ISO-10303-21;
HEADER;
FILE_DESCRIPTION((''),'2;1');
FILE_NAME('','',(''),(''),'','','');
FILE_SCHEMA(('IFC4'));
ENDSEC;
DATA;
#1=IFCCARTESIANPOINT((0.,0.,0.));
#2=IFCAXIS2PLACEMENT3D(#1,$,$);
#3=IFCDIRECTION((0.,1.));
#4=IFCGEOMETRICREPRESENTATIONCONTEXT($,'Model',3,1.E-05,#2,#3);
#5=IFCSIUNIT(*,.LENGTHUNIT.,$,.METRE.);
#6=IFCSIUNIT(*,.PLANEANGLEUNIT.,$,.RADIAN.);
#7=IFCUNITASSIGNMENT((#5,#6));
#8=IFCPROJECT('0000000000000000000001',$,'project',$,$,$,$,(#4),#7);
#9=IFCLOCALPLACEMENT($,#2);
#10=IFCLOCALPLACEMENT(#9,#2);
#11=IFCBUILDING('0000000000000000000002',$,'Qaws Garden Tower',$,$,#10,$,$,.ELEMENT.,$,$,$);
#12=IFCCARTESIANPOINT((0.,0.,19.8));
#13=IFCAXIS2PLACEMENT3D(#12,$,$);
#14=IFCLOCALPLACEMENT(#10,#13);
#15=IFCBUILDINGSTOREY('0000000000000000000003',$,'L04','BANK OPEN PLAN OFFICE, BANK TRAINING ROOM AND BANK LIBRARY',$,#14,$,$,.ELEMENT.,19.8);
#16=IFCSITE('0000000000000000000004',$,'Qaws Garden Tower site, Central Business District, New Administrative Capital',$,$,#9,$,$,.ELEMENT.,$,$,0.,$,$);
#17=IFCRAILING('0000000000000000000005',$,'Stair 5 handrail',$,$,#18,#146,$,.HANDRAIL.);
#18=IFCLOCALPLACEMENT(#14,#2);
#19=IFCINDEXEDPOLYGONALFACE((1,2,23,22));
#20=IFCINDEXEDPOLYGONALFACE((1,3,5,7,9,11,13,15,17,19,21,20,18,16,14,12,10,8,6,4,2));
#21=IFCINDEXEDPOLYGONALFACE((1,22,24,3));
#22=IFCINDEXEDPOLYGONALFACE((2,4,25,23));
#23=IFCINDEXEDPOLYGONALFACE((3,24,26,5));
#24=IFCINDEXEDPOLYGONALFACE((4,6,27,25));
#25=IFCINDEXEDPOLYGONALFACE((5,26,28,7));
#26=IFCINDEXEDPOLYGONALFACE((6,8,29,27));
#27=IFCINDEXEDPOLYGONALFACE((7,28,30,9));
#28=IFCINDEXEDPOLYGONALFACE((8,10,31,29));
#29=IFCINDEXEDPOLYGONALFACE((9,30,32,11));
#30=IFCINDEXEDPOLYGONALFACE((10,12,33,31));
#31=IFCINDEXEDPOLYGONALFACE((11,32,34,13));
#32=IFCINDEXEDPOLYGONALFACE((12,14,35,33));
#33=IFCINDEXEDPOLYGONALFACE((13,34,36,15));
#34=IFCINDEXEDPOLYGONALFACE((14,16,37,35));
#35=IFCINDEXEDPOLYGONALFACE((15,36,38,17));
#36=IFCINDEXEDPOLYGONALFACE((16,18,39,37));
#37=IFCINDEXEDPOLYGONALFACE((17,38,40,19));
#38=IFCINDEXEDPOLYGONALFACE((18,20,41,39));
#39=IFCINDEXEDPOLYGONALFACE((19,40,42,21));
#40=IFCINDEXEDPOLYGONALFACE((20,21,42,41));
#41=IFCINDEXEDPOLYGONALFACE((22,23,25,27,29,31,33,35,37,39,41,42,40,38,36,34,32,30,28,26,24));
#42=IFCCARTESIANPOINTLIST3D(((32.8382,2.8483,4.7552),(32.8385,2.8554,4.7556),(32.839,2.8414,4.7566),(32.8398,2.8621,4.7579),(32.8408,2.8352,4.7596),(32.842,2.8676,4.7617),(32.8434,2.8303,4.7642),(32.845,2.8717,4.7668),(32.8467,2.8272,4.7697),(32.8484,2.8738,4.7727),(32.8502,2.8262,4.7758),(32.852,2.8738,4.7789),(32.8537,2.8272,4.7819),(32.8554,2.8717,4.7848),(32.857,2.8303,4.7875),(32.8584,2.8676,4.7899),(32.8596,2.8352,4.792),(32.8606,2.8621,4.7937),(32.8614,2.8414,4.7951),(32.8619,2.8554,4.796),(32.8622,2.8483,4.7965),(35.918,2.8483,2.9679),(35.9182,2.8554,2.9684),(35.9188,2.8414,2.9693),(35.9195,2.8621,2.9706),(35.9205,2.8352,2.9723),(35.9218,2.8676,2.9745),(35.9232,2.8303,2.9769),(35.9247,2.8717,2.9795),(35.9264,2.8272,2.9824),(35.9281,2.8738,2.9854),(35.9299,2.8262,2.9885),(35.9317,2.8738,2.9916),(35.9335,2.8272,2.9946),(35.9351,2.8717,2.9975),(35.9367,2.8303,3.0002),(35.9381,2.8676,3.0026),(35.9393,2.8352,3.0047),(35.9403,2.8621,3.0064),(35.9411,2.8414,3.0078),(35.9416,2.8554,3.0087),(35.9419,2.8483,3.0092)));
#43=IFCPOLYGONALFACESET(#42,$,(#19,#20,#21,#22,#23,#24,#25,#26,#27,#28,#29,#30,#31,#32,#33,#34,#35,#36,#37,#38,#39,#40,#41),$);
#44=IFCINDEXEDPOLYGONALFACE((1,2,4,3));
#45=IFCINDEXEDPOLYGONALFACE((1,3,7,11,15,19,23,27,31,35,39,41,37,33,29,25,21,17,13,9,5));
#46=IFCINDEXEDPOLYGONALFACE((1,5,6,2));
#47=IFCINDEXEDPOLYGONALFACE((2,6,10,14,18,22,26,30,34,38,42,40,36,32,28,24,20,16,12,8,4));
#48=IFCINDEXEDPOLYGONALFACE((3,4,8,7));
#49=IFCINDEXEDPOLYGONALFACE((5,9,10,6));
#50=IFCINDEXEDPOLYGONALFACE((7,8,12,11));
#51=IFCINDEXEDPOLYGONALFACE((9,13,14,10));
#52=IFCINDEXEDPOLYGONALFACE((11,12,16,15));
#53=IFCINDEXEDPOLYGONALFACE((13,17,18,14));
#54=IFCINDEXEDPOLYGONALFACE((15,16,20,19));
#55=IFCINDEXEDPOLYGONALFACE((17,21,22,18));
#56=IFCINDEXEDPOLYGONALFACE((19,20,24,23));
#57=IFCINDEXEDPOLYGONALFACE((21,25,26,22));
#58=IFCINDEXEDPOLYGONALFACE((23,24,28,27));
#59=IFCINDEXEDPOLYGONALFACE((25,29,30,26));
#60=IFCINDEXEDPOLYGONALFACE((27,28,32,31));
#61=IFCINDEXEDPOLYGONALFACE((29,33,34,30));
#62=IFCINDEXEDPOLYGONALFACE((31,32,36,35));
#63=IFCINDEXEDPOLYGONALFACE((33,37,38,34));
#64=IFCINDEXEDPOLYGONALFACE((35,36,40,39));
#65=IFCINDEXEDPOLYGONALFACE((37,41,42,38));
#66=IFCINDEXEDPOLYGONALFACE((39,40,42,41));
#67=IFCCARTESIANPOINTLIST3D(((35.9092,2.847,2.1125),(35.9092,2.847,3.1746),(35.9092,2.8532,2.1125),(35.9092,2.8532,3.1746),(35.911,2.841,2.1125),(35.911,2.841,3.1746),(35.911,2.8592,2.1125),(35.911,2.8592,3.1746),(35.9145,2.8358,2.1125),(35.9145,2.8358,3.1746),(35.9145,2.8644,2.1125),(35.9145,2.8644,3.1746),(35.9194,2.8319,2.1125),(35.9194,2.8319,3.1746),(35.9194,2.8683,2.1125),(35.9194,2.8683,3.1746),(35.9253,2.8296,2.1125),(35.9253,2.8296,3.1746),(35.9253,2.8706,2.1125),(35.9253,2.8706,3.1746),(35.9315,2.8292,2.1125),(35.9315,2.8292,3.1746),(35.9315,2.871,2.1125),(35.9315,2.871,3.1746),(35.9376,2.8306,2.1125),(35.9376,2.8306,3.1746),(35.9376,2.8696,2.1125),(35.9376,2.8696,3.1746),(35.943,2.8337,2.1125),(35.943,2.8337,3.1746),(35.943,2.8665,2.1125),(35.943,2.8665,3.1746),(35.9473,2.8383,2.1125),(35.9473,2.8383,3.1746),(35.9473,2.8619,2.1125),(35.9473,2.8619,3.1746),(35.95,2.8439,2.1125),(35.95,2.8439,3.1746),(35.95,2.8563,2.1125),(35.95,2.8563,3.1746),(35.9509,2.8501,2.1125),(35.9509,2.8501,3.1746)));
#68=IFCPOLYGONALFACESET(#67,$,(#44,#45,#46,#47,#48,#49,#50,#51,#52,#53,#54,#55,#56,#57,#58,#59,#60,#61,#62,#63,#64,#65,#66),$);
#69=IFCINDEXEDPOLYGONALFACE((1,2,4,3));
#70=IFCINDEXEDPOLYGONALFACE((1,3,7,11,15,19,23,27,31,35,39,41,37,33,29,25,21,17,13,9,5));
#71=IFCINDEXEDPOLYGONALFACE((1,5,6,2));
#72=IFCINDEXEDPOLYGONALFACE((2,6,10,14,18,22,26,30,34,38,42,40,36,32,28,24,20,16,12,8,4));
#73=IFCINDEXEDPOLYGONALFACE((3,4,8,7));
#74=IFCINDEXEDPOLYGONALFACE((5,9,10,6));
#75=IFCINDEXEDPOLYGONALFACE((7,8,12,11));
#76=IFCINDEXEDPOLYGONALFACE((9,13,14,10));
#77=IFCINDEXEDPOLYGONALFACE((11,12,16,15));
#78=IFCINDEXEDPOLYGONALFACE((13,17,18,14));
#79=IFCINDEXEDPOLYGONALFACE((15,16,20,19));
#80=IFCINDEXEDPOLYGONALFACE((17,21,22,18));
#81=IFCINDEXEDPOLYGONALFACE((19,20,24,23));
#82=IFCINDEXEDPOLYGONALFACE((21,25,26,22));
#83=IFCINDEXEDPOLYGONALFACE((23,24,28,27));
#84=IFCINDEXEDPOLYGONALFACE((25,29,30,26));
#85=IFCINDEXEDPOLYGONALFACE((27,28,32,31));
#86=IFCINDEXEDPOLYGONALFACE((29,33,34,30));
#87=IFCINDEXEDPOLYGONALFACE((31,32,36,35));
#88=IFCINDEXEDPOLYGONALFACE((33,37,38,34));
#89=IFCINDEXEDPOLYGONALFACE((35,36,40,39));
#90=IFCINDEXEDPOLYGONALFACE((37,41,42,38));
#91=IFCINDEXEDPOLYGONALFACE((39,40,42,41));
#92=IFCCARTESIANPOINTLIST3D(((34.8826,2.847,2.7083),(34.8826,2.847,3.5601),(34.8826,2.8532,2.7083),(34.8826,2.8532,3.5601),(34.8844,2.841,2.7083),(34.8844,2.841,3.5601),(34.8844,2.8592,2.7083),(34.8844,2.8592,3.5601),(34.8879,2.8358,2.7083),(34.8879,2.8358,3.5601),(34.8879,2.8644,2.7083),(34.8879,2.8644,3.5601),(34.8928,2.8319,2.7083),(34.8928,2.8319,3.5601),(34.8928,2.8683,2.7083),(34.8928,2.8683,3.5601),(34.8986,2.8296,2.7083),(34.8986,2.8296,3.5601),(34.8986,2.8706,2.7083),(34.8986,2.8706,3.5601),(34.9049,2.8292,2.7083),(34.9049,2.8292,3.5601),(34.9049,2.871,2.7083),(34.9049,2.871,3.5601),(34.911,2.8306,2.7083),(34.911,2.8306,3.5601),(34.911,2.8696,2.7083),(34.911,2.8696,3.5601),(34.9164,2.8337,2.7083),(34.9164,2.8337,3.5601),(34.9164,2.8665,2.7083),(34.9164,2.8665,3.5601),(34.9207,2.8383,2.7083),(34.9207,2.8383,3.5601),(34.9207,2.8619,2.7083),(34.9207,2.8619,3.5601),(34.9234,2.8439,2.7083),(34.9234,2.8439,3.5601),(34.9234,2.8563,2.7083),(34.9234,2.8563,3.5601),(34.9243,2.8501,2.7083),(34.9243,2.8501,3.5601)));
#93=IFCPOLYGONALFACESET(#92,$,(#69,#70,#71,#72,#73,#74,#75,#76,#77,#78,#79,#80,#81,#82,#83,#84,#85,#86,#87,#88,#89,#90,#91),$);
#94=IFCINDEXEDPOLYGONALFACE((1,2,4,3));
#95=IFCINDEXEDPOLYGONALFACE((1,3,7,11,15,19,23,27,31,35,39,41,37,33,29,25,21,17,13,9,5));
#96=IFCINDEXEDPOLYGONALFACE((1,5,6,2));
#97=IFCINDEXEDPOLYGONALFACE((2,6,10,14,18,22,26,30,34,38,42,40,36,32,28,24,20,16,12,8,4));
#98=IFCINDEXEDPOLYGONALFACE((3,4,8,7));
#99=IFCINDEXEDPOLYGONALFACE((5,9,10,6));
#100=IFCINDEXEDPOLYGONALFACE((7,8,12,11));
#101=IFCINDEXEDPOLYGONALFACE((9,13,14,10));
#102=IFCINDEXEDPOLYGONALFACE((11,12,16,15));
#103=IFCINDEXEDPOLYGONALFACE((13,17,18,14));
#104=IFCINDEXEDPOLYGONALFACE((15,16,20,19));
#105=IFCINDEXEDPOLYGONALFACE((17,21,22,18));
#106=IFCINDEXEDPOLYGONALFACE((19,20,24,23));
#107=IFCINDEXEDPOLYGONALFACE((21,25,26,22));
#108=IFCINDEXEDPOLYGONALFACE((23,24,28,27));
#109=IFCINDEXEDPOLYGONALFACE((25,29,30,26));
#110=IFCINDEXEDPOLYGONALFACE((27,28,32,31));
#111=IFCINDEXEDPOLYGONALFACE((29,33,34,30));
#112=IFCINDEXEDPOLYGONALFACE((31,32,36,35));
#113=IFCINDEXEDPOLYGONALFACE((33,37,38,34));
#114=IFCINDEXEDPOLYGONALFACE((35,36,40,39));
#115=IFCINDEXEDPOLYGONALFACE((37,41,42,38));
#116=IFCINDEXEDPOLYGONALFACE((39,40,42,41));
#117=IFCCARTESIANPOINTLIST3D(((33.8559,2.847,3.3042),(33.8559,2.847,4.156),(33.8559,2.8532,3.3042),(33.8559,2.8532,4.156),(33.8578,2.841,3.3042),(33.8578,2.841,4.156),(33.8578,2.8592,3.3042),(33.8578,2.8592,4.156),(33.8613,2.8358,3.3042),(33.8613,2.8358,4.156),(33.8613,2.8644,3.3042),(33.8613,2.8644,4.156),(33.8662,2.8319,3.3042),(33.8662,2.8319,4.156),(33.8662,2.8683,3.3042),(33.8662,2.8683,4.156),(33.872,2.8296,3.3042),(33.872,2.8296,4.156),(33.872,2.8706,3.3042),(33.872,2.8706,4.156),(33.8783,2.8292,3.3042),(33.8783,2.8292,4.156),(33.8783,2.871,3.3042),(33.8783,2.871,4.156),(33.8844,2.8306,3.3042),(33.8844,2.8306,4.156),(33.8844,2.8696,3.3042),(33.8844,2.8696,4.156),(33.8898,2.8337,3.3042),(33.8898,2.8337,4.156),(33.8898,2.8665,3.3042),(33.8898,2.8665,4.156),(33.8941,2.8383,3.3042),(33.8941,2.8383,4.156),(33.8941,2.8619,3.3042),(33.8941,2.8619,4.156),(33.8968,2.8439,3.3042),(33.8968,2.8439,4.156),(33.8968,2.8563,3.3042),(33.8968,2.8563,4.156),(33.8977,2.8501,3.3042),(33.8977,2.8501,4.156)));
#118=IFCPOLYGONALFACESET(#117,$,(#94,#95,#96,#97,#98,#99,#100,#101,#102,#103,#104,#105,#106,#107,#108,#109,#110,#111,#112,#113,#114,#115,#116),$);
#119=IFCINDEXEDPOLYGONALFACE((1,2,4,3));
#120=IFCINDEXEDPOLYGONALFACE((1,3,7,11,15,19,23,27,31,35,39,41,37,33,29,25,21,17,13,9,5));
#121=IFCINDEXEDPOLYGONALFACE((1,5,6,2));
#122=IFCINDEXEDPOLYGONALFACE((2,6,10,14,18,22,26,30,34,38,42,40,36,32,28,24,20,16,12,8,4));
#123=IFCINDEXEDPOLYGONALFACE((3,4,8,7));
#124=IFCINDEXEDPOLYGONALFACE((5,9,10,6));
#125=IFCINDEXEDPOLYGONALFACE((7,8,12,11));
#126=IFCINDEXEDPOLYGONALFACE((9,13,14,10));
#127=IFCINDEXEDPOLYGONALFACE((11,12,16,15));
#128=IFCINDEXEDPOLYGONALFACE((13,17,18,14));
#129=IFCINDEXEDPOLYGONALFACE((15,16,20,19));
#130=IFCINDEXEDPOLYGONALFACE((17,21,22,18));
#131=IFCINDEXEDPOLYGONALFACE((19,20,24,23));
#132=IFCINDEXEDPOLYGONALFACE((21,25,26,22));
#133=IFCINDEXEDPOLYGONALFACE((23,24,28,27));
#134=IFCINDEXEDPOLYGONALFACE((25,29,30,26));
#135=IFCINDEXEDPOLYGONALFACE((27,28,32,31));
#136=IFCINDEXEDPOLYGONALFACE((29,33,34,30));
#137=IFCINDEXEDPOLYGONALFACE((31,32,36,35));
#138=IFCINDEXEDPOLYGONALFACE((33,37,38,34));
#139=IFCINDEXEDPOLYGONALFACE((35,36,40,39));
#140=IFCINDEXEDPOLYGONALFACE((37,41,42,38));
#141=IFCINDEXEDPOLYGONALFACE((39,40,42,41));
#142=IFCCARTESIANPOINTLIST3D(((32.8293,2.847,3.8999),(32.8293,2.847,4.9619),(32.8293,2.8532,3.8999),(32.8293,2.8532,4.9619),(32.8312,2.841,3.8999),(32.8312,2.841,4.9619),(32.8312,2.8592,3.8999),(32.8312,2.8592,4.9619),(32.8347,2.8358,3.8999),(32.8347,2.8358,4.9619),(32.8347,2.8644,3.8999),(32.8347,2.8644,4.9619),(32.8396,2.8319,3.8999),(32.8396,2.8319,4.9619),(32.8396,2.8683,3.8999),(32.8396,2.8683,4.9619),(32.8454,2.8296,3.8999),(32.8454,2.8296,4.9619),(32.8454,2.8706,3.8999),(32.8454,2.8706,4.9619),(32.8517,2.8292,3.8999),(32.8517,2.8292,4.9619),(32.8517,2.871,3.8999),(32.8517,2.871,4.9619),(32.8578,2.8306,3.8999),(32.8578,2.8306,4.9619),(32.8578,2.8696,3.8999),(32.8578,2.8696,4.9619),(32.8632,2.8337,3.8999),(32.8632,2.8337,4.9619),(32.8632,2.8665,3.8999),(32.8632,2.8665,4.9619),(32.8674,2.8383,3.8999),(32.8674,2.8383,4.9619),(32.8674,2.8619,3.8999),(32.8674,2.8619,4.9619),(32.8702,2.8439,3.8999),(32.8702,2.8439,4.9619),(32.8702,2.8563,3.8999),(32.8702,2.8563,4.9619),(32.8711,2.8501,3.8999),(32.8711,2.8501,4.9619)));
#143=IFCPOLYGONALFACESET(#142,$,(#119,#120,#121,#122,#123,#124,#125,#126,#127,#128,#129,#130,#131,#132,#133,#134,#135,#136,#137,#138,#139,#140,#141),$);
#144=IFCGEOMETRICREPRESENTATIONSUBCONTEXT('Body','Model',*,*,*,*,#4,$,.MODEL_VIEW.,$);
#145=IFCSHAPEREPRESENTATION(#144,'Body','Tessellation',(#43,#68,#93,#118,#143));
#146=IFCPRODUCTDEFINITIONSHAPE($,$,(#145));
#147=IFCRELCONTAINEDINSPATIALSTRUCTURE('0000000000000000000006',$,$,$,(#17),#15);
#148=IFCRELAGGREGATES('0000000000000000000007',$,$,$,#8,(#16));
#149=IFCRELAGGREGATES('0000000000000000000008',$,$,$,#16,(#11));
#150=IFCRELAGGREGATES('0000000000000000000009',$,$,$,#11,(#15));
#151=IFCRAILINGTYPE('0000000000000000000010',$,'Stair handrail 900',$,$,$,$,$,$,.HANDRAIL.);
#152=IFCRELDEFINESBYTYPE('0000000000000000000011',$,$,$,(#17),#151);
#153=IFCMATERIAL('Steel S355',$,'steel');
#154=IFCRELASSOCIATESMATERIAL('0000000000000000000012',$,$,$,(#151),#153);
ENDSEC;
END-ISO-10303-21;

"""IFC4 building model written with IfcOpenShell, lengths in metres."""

from ifc_helpers import new_model, si_unit, direction, frame, origin, origin_2d, place, context, subcontext, project, spatial, circle, extrude, material, type_object, element, save


model = new_model("IFC4")

# Units and contexts
model_context = context("Model", 3, precision=1e-05, world=origin(), true_north=direction((0.0, 1.0)))
body_context = subcontext(model_context, "Body", "Model", "MODEL_VIEW")
ifc_project = project(units=[si_unit("LENGTHUNIT", "METRE"), si_unit("PLANEANGLEUNIT", "RADIAN")], contexts=[model_context])

# Site, building, storey
site_placement = place(None, origin())
site = spatial("IfcSite", under=ifc_project, at=site_placement, Name="Qaws Garden Tower site, Central Business District, New Administrative Capital", CompositionType="ELEMENT", RefElevation=0.0)
building_placement = place(site_placement, origin())
building = spatial("IfcBuilding", under=site, at=building_placement, Name="Qaws Garden Tower", CompositionType="ELEMENT")
storey_placement = place(building_placement, frame((0.0, 0.0, 19.8)))
storey = spatial("IfcBuildingStorey", under=building, at=storey_placement, Name="L04", Description="BANK OPEN PLAN OFFICE, BANK TRAINING ROOM AND BANK LIBRARY", CompositionType="ELEMENT", Elevation=19.8)

# Railing
ifc_material_1 = material(Name="Steel S355", Category="steel")
railing_type = type_object("IfcRailingType", Name="Stair handrail 900", PredefinedType="HANDRAIL", material=ifc_material_1)
railing_1_placement = place(storey_placement, frame((35.9299, 2.8501, 2.1125)))
element("IfcRailing", 1, at=railing_1_placement, inside=storey, type_object=railing_type, Name="Stair 5 handrail", PredefinedType="HANDRAIL", context=body_context, shape_type="SweptSolid", body=[
    extrude(circle(Radius=0.0239, at=origin_2d()), frame((0.0, 0.0, 0.876), z_axis=(-0.864903, 0.0, 0.501939), x_axis=(0.0, -1.0, 0.0)), (0.0, 0.0, 1.0), 3.5608),
    extrude(circle(Radius=0.021, at=origin_2d()), origin(), (0.0, 0.0, 1.0), 1.062),
    extrude(circle(Radius=0.021, at=origin_2d()), frame((-1.0266, 0.0, 0.5957)), (0.0, 0.0, 1.0), 0.8518),
    extrude(circle(Radius=0.021, at=origin_2d()), frame((-2.0532, 0.0, 1.1917)), (0.0, 0.0, 1.0), 0.8518),
    extrude(circle(Radius=0.021, at=origin_2d()), frame((-3.0798, 0.0, 1.7874)), (0.0, 0.0, 1.0), 1.062),
])

save(model, "model.ifc")
